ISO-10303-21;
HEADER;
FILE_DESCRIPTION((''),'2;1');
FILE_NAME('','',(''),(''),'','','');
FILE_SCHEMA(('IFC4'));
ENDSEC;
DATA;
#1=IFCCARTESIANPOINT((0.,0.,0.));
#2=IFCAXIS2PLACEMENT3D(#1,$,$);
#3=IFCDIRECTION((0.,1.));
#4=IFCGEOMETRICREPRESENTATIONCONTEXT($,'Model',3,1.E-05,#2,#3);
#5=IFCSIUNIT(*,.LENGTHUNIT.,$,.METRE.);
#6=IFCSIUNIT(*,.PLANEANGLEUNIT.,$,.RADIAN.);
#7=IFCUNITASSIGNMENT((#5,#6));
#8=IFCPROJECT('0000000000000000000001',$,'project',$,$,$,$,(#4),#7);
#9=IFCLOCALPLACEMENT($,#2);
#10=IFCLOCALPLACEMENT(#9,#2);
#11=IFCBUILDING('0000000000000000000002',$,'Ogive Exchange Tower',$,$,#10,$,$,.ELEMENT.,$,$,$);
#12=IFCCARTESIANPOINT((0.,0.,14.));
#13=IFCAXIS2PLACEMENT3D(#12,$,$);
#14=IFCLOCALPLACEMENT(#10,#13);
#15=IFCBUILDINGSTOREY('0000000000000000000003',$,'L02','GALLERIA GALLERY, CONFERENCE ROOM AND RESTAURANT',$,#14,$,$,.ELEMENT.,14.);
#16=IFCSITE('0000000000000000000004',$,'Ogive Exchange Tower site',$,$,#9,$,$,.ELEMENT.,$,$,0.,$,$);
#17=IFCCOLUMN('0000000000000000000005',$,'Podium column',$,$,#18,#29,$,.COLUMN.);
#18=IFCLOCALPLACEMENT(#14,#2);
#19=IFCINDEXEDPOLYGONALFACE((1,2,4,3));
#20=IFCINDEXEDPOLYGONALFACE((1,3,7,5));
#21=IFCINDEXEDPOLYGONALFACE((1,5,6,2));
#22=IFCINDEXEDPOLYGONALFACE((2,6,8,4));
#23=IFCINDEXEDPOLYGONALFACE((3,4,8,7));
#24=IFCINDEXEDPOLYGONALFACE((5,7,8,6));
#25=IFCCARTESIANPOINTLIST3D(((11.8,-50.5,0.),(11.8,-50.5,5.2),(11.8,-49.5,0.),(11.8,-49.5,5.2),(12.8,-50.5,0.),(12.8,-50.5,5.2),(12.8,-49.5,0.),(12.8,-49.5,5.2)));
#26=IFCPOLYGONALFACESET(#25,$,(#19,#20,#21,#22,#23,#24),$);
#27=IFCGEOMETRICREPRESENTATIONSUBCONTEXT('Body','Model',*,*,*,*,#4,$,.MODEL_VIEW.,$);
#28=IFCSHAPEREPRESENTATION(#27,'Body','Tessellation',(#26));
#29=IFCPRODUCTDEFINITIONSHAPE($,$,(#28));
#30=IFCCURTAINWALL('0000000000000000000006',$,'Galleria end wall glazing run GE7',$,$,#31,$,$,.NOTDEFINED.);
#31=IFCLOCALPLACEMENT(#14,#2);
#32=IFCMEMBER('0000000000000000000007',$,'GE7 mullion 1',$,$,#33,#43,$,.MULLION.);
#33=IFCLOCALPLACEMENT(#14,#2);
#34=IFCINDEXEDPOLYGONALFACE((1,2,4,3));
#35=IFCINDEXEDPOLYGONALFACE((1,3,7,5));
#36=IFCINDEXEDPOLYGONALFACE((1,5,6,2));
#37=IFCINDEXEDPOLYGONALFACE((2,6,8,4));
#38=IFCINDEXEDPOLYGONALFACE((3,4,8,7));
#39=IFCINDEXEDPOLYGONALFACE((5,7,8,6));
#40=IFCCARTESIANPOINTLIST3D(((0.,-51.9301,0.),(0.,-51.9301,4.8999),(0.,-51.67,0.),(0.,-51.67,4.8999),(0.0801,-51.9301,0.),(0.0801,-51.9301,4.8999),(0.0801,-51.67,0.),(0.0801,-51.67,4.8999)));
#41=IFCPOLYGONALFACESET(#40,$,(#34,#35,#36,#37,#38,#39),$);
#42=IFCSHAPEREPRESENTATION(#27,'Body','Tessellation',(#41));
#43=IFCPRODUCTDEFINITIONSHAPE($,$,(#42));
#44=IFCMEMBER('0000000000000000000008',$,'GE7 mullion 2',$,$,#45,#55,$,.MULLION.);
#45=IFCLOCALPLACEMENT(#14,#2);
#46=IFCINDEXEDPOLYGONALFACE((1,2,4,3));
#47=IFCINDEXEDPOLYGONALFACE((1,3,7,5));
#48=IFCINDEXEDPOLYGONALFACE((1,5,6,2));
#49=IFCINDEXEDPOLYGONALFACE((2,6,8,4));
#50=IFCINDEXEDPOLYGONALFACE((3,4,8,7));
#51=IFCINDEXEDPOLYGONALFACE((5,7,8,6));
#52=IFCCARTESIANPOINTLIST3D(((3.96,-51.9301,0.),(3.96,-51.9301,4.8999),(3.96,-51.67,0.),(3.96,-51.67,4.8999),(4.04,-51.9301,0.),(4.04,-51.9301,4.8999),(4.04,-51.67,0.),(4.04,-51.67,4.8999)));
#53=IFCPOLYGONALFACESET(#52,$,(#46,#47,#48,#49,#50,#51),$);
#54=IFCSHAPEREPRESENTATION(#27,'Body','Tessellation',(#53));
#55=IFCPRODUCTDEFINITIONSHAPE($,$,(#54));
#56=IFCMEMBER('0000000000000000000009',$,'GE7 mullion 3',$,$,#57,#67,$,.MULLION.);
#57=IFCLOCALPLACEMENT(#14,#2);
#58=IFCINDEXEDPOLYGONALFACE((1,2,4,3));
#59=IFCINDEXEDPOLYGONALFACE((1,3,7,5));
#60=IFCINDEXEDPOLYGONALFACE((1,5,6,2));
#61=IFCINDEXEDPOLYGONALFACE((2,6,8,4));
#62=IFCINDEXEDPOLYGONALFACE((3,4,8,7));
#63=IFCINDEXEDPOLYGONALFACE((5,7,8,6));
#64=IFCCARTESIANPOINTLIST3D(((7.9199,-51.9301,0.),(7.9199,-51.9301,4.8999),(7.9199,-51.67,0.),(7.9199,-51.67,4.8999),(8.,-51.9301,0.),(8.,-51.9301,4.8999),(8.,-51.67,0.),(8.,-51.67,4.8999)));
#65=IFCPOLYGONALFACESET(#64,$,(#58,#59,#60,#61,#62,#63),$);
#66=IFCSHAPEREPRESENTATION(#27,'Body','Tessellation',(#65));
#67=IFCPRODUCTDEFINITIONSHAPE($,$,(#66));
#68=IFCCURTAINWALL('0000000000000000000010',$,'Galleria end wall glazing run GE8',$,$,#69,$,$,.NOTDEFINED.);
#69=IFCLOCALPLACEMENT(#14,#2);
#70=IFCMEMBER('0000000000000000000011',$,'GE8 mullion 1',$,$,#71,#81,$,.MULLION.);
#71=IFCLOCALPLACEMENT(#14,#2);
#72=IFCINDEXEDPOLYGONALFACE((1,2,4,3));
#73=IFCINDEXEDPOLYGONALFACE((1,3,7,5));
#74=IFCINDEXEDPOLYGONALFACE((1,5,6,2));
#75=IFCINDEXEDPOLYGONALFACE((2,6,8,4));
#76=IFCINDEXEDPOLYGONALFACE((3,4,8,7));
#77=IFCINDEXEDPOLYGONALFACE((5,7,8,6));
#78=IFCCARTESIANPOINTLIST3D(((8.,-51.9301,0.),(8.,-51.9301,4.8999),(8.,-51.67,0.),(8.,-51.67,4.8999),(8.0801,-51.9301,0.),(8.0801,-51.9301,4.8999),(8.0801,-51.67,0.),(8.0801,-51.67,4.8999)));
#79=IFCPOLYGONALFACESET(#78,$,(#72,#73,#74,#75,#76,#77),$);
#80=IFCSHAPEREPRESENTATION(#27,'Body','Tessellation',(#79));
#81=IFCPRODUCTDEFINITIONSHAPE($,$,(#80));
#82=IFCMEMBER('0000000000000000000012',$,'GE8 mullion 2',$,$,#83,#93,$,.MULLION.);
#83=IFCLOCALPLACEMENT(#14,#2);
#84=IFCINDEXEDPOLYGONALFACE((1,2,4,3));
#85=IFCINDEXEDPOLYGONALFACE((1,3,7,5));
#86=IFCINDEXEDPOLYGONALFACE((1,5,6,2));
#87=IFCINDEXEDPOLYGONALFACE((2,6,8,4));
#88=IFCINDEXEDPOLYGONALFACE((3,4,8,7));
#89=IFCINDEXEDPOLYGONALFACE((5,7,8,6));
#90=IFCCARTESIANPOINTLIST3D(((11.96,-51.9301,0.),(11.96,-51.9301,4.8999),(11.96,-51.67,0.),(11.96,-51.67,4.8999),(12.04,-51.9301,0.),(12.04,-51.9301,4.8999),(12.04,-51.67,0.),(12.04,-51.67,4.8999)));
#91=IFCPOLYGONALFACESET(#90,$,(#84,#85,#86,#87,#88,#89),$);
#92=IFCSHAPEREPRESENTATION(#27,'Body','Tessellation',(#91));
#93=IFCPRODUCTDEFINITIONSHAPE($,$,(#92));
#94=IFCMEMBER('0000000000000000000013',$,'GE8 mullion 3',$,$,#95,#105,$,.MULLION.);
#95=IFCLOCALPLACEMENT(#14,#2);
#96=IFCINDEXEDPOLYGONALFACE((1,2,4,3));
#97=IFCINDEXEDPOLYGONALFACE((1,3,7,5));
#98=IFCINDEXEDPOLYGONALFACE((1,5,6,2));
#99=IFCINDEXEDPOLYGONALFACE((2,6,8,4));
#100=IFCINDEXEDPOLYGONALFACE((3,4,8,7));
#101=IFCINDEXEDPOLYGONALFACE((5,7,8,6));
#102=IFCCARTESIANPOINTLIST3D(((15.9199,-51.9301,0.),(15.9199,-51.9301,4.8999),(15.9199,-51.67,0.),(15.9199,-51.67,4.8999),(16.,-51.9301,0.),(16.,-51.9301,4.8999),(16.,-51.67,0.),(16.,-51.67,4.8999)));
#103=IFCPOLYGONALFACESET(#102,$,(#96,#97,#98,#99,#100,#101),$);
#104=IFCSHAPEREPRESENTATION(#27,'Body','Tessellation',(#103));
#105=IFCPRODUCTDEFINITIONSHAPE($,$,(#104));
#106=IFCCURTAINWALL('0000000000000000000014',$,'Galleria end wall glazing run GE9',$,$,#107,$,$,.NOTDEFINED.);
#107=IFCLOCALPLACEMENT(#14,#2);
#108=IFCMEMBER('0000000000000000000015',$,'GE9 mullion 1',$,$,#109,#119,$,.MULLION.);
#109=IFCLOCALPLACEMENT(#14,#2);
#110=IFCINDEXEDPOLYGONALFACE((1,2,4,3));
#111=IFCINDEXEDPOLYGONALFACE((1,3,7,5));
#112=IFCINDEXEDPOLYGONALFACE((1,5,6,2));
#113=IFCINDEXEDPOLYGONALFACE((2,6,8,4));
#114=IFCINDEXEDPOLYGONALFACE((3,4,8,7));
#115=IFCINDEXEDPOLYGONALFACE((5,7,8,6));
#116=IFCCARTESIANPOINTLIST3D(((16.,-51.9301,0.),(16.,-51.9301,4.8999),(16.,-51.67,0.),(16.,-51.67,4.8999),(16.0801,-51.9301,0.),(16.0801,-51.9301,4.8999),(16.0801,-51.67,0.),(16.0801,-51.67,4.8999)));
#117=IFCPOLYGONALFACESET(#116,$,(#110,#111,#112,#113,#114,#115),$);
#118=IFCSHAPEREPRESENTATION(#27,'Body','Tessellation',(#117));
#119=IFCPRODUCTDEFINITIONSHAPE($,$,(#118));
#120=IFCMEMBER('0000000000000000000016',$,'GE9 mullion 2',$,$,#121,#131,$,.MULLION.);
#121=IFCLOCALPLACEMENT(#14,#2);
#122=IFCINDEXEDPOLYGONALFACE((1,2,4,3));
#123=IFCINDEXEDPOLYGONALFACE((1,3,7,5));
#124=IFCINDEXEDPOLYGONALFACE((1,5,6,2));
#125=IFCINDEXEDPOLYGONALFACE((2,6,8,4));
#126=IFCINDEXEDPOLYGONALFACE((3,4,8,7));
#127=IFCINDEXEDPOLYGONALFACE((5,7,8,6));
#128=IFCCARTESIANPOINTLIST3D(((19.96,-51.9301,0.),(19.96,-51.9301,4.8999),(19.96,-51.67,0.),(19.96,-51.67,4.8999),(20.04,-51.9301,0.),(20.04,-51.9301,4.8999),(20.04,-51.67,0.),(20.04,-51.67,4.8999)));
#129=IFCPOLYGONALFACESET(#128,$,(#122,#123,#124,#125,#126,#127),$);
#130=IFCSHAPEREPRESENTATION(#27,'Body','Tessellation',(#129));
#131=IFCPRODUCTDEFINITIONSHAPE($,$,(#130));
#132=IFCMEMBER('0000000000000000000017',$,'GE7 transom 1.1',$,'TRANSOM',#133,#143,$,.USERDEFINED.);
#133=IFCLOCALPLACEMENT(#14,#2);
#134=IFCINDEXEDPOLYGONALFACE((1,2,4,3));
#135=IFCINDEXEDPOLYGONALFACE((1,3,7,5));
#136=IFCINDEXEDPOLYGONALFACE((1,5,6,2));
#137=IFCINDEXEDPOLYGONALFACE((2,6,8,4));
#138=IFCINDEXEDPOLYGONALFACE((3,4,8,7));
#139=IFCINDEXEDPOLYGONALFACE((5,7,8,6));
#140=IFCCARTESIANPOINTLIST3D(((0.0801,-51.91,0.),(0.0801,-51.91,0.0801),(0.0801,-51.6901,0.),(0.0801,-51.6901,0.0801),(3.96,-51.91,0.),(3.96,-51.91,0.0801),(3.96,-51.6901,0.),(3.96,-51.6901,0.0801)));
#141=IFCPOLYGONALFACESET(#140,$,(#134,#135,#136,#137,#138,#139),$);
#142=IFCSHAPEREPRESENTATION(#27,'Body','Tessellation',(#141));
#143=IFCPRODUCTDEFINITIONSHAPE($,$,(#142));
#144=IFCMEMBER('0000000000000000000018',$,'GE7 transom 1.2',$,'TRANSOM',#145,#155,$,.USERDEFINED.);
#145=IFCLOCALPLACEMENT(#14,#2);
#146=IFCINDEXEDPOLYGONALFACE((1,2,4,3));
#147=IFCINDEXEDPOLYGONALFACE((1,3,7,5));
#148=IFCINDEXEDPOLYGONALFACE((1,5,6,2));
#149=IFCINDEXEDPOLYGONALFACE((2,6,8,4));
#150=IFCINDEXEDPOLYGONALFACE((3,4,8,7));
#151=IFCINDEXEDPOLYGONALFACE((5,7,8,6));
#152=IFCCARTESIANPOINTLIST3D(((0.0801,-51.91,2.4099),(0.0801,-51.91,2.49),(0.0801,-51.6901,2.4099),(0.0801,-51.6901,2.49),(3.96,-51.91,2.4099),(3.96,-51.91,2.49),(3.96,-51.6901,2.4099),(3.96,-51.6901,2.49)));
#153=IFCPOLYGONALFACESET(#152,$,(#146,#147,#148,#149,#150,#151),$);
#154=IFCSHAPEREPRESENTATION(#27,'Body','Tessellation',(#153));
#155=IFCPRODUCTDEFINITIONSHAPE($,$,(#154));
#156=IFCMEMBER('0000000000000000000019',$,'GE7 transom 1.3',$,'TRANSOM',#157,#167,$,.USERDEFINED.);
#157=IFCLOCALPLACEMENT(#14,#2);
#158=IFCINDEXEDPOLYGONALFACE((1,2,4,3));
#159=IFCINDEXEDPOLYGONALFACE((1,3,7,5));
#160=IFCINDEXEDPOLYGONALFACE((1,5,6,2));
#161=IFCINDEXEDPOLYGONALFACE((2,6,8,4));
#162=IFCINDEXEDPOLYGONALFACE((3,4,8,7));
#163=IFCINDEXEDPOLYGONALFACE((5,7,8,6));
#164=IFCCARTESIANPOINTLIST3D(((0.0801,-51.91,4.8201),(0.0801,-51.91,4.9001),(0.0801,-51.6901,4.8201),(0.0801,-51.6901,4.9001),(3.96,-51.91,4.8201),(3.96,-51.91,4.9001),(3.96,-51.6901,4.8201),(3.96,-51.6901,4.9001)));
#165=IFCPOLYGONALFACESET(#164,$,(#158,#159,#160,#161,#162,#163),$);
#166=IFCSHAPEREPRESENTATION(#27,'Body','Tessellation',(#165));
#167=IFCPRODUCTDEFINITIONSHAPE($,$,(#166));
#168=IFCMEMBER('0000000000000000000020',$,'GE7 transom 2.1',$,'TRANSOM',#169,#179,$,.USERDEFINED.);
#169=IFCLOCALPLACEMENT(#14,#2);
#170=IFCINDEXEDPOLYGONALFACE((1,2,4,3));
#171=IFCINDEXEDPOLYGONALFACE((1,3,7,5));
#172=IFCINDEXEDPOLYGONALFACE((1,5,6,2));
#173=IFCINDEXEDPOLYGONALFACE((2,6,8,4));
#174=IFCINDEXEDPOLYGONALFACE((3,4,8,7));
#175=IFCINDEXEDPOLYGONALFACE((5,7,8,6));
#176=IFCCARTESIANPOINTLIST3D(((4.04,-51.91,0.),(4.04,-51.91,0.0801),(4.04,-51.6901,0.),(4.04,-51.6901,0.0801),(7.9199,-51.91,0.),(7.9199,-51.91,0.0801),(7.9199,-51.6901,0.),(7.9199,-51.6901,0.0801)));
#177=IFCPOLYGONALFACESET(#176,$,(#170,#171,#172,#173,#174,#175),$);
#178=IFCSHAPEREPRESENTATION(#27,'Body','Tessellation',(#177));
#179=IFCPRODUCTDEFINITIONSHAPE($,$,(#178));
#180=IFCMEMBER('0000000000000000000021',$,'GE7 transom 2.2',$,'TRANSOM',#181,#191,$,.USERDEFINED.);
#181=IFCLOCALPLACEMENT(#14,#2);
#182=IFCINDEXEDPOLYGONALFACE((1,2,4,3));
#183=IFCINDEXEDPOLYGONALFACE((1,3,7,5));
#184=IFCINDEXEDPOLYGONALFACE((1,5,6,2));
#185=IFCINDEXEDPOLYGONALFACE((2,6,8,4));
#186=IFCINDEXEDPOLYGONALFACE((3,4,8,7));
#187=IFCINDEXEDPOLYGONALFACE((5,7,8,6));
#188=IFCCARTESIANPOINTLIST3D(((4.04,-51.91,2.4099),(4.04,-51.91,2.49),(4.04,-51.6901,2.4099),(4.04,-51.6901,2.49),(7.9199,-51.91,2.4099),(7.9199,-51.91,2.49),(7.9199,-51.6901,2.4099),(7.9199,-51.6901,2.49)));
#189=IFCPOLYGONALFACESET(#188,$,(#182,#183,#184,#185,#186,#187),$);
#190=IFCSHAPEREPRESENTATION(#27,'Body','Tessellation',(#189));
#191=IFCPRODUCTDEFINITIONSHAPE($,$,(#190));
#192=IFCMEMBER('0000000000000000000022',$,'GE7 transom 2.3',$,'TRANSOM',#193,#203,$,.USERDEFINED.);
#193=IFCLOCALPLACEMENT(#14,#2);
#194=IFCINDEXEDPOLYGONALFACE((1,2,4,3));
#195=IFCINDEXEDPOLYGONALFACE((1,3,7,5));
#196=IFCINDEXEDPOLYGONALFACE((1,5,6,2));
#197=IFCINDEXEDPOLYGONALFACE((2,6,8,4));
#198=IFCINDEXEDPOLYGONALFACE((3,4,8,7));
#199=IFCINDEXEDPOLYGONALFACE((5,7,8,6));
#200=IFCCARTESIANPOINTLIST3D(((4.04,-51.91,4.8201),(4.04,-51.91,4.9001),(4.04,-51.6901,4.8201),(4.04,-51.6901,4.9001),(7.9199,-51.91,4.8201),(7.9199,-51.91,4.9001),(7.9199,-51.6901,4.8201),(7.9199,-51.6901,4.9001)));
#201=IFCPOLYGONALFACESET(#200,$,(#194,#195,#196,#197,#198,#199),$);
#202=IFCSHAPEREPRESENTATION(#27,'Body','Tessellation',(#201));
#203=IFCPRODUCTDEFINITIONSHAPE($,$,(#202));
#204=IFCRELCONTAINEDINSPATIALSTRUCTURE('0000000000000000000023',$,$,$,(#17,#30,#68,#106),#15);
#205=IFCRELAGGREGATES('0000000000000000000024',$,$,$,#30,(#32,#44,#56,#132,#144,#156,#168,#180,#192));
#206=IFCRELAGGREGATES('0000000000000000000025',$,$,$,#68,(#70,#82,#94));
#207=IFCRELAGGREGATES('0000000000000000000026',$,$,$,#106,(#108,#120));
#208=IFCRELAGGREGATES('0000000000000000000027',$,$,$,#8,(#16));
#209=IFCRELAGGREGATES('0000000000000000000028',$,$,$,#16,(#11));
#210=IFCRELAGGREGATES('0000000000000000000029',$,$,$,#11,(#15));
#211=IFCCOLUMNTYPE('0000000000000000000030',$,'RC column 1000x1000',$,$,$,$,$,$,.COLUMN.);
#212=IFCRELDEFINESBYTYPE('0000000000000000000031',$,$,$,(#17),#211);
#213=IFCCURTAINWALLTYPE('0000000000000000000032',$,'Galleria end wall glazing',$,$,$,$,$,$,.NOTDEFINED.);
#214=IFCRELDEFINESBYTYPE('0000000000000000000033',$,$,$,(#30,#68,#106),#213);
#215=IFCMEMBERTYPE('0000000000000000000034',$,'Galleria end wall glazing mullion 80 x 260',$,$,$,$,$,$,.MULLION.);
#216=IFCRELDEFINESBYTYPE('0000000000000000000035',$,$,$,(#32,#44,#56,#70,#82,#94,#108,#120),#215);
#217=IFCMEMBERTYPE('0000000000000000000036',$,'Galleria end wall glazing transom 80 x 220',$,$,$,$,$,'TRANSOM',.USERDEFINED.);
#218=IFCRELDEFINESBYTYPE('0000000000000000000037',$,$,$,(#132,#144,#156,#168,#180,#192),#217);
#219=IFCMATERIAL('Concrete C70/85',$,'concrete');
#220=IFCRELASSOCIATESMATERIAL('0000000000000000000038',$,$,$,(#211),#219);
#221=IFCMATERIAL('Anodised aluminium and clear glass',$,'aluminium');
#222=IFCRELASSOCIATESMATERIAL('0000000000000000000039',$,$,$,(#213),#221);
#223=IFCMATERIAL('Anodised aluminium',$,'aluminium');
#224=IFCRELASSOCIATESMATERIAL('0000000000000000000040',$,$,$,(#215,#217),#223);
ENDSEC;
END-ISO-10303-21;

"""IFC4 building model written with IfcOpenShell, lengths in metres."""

from ifc_helpers import new_model, si_unit, direction, frame, origin, origin_2d, place, context, subcontext, project, spatial, rectangle, extrude, material, material_profile, profile_set, type_object, element, aggregate, save


model = new_model("IFC4")

# Units and contexts
model_context = context("Model", 3, precision=1e-05, world=origin(), true_north=direction((0.0, 1.0)))
body_context = subcontext(model_context, "Body", "Model", "MODEL_VIEW")
ifc_project = project(units=[si_unit("LENGTHUNIT", "METRE"), si_unit("PLANEANGLEUNIT", "RADIAN")], contexts=[model_context])

# Site, building, storey
site_placement = place(None, origin())
site = spatial("IfcSite", under=ifc_project, at=site_placement, Name="Ogive Exchange Tower site", CompositionType="ELEMENT", RefElevation=0.0)
building_placement = place(site_placement, origin())
building = spatial("IfcBuilding", under=site, at=building_placement, Name="Ogive Exchange Tower", CompositionType="ELEMENT")
storey_placement = place(building_placement, frame((0.0, 0.0, 14.0)))
storey = spatial("IfcBuildingStorey", under=building, at=storey_placement, Name="L02", Description="GALLERIA GALLERY, CONFERENCE ROOM AND RESTAURANT", CompositionType="ELEMENT", Elevation=14.0)

# Column
ifc_material_1 = material(Name="Concrete C70/85", Category="concrete")
ifc_material_profile_1 = material_profile(ifc_material_1, rectangle(XDim=1.0, YDim=1.0, at=origin_2d()), Name="RC 1000x1000")
ifc_profile_set_1 = profile_set([ifc_material_profile_1], Name="Concrete C70/85")
column_type = type_object("IfcColumnType", Name="RC column 1000x1000", PredefinedType="COLUMN", material=ifc_profile_set_1)
column_placement = place(storey_placement, frame((12.3, -50.0, 0.0), z_axis=(0.0, 0.0, 1.0), x_axis=(1.0, 0.0, 0.0)))
element("IfcColumn", 1, at=column_placement, inside=storey, type_object=column_type, Name="Podium column", PredefinedType="COLUMN", context=body_context, shape_type="SweptSolid", body=[
    extrude(rectangle(XDim=1.0, YDim=1.0, at=origin_2d()), origin(), (0.0, 0.0, 1.0), 5.2),
])

# Curtain walls, members
ifc_material_2 = material(Name="Anodised aluminium and clear glass", Category="aluminium")
curtain_wall_type = type_object("IfcCurtainWallType", Name="Galleria end wall glazing", PredefinedType="NOTDEFINED", material=ifc_material_2)
curtain_wall_1_placement = place(storey_placement, origin())
curtain_wall_1 = element("IfcCurtainWall", 2, at=curtain_wall_1_placement, inside=storey, type_object=curtain_wall_type, Name="Galleria end wall glazing run GE7", PredefinedType="NOTDEFINED")
ifc_material_3 = material(Name="Anodised aluminium", Category="aluminium")
ifc_material_profile_2 = material_profile(ifc_material_3, rectangle(XDim=0.26, YDim=0.0801, at=origin_2d()), Name="AL 80x260")
ifc_profile_set_2 = profile_set([ifc_material_profile_2], Name="Anodised aluminium")
member_type_1 = type_object("IfcMemberType", Name="Galleria end wall glazing mullion 80 x 260", PredefinedType="MULLION", material=ifc_profile_set_2)
member_1_placement = place(storey_placement, frame((0.04, -51.8, 0.0), z_axis=(0.0, 0.0, 1.0), x_axis=(0.0, 1.0, 0.0)))
member_1 = element("IfcMember", 3, at=member_1_placement, type_object=member_type_1, Name="GE7 mullion 1", PredefinedType="MULLION", context=body_context, shape_type="SweptSolid", body=[
    extrude(rectangle(XDim=0.26, YDim=0.0801, at=origin_2d()), origin(), (0.0, 0.0, 1.0), 4.8999),
])
member_2_placement = place(storey_placement, frame((4.0, -51.8, 0.0), z_axis=(0.0, 0.0, 1.0), x_axis=(0.0, 1.0, 0.0)))
member_2 = element("IfcMember", 4, at=member_2_placement, type_object=member_type_1, Name="GE7 mullion 2", PredefinedType="MULLION", context=body_context, shape_type="SweptSolid", body=[
    extrude(rectangle(XDim=0.26, YDim=0.0801, at=origin_2d()), origin(), (0.0, 0.0, 1.0), 4.8999),
])
member_3_placement = place(storey_placement, frame((7.96, -51.8, 0.0), z_axis=(0.0, 0.0, 1.0), x_axis=(0.0, 1.0, 0.0)))
member_3 = element("IfcMember", 5, at=member_3_placement, type_object=member_type_1, Name="GE7 mullion 3", PredefinedType="MULLION", context=body_context, shape_type="SweptSolid", body=[
    extrude(rectangle(XDim=0.26, YDim=0.0801, at=origin_2d()), origin(), (0.0, 0.0, 1.0), 4.8999),
])
curtain_wall_2_placement = place(storey_placement, origin())
curtain_wall_2 = element("IfcCurtainWall", 6, at=curtain_wall_2_placement, inside=storey, type_object=curtain_wall_type, Name="Galleria end wall glazing run GE8", PredefinedType="NOTDEFINED")
member_4_placement = place(storey_placement, frame((8.04, -51.8, 0.0), z_axis=(0.0, 0.0, 1.0), x_axis=(0.0, 1.0, 0.0)))
member_4 = element("IfcMember", 7, at=member_4_placement, type_object=member_type_1, Name="GE8 mullion 1", PredefinedType="MULLION", context=body_context, shape_type="SweptSolid", body=[
    extrude(rectangle(XDim=0.26, YDim=0.0801, at=origin_2d()), origin(), (0.0, 0.0, 1.0), 4.8999),
])
member_5_placement = place(storey_placement, frame((12.0, -51.8, 0.0), z_axis=(0.0, 0.0, 1.0), x_axis=(0.0, 1.0, 0.0)))
member_5 = element("IfcMember", 8, at=member_5_placement, type_object=member_type_1, Name="GE8 mullion 2", PredefinedType="MULLION", context=body_context, shape_type="SweptSolid", body=[
    extrude(rectangle(XDim=0.26, YDim=0.0801, at=origin_2d()), origin(), (0.0, 0.0, 1.0), 4.8999),
])
member_6_placement = place(storey_placement, frame((15.96, -51.8, 0.0), z_axis=(0.0, 0.0, 1.0), x_axis=(0.0, 1.0, 0.0)))
member_6 = element("IfcMember", 9, at=member_6_placement, type_object=member_type_1, Name="GE8 mullion 3", PredefinedType="MULLION", context=body_context, shape_type="SweptSolid", body=[
    extrude(rectangle(XDim=0.26, YDim=0.0801, at=origin_2d()), origin(), (0.0, 0.0, 1.0), 4.8999),
])
curtain_wall_3_placement = place(storey_placement, origin())
curtain_wall_3 = element("IfcCurtainWall", 10, at=curtain_wall_3_placement, inside=storey, type_object=curtain_wall_type, Name="Galleria end wall glazing run GE9", PredefinedType="NOTDEFINED")
member_7_placement = place(storey_placement, frame((16.04, -51.8, 0.0), z_axis=(0.0, 0.0, 1.0), x_axis=(0.0, 1.0, 0.0)))
member_7 = element("IfcMember", 11, at=member_7_placement, type_object=member_type_1, Name="GE9 mullion 1", PredefinedType="MULLION", context=body_context, shape_type="SweptSolid", body=[
    extrude(rectangle(XDim=0.26, YDim=0.0801, at=origin_2d()), origin(), (0.0, 0.0, 1.0), 4.8999),
])
member_8_placement = place(storey_placement, frame((20.0, -51.8, 0.0), z_axis=(0.0, 0.0, 1.0), x_axis=(0.0, 1.0, 0.0)))
member_8 = element("IfcMember", 12, at=member_8_placement, type_object=member_type_1, Name="GE9 mullion 2", PredefinedType="MULLION", context=body_context, shape_type="SweptSolid", body=[
    extrude(rectangle(XDim=0.26, YDim=0.0801, at=origin_2d()), origin(), (0.0, 0.0, 1.0), 4.8999),
])

# Members
ifc_material_profile_3 = material_profile(ifc_material_3, rectangle(XDim=0.22, YDim=0.0801, at=origin_2d()), Name="AL 80x220")
ifc_profile_set_3 = profile_set([ifc_material_profile_3], Name="Anodised aluminium")
member_type_2 = type_object("IfcMemberType", Name="Galleria end wall glazing transom 80 x 220", ElementType="TRANSOM", PredefinedType="USERDEFINED", material=ifc_profile_set_3)
member_9_placement = place(storey_placement, frame((0.0801, -51.8, 0.04), z_axis=(1.0, 0.0, 0.0), x_axis=(0.0, 1.0, 0.0)))
member_9 = element("IfcMember", 13, at=member_9_placement, type_object=member_type_2, Name="GE7 transom 1.1", ObjectType="TRANSOM", PredefinedType="USERDEFINED", context=body_context, shape_type="SweptSolid", body=[
    extrude(rectangle(XDim=0.22, YDim=0.0801, at=origin_2d()), origin(), (0.0, 0.0, 1.0), 3.8799),
])
member_10_placement = place(storey_placement, frame((0.0801, -51.8, 2.45), z_axis=(1.0, 0.0, 0.0), x_axis=(0.0, 1.0, 0.0)))
member_10 = element("IfcMember", 14, at=member_10_placement, type_object=member_type_2, Name="GE7 transom 1.2", ObjectType="TRANSOM", PredefinedType="USERDEFINED", context=body_context, shape_type="SweptSolid", body=[
    extrude(rectangle(XDim=0.22, YDim=0.0801, at=origin_2d()), origin(), (0.0, 0.0, 1.0), 3.8799),
])
member_11_placement = place(storey_placement, frame((0.0801, -51.8, 4.8601), z_axis=(1.0, 0.0, 0.0), x_axis=(0.0, 1.0, 0.0)))
member_11 = element("IfcMember", 15, at=member_11_placement, type_object=member_type_2, Name="GE7 transom 1.3", ObjectType="TRANSOM", PredefinedType="USERDEFINED", context=body_context, shape_type="SweptSolid", body=[
    extrude(rectangle(XDim=0.22, YDim=0.0801, at=origin_2d()), origin(), (0.0, 0.0, 1.0), 3.8799),
])
member_12_placement = place(storey_placement, frame((4.04, -51.8, 0.04), z_axis=(1.0, 0.0, 0.0), x_axis=(0.0, 1.0, 0.0)))
member_12 = element("IfcMember", 16, at=member_12_placement, type_object=member_type_2, Name="GE7 transom 2.1", ObjectType="TRANSOM", PredefinedType="USERDEFINED", context=body_context, shape_type="SweptSolid", body=[
    extrude(rectangle(XDim=0.22, YDim=0.0801, at=origin_2d()), origin(), (0.0, 0.0, 1.0), 3.8799),
])
member_13_placement = place(storey_placement, frame((4.04, -51.8, 2.45), z_axis=(1.0, 0.0, 0.0), x_axis=(0.0, 1.0, 0.0)))
member_13 = element("IfcMember", 17, at=member_13_placement, type_object=member_type_2, Name="GE7 transom 2.2", ObjectType="TRANSOM", PredefinedType="USERDEFINED", context=body_context, shape_type="SweptSolid", body=[
    extrude(rectangle(XDim=0.22, YDim=0.0801, at=origin_2d()), origin(), (0.0, 0.0, 1.0), 3.8799),
])
member_14_placement = place(storey_placement, frame((4.04, -51.8, 4.8601), z_axis=(1.0, 0.0, 0.0), x_axis=(0.0, 1.0, 0.0)))
member_14 = element("IfcMember", 18, at=member_14_placement, type_object=member_type_2, Name="GE7 transom 2.3", ObjectType="TRANSOM", PredefinedType="USERDEFINED", context=body_context, shape_type="SweptSolid", body=[
    extrude(rectangle(XDim=0.22, YDim=0.0801, at=origin_2d()), origin(), (0.0, 0.0, 1.0), 3.8799),
])

aggregate(curtain_wall_1, [member_1, member_2, member_3, member_9, member_10, member_11, member_12, member_13, member_14])
aggregate(curtain_wall_2, [member_4, member_5, member_6])
aggregate(curtain_wall_3, [member_7, member_8])

save(model, "model.ifc")
